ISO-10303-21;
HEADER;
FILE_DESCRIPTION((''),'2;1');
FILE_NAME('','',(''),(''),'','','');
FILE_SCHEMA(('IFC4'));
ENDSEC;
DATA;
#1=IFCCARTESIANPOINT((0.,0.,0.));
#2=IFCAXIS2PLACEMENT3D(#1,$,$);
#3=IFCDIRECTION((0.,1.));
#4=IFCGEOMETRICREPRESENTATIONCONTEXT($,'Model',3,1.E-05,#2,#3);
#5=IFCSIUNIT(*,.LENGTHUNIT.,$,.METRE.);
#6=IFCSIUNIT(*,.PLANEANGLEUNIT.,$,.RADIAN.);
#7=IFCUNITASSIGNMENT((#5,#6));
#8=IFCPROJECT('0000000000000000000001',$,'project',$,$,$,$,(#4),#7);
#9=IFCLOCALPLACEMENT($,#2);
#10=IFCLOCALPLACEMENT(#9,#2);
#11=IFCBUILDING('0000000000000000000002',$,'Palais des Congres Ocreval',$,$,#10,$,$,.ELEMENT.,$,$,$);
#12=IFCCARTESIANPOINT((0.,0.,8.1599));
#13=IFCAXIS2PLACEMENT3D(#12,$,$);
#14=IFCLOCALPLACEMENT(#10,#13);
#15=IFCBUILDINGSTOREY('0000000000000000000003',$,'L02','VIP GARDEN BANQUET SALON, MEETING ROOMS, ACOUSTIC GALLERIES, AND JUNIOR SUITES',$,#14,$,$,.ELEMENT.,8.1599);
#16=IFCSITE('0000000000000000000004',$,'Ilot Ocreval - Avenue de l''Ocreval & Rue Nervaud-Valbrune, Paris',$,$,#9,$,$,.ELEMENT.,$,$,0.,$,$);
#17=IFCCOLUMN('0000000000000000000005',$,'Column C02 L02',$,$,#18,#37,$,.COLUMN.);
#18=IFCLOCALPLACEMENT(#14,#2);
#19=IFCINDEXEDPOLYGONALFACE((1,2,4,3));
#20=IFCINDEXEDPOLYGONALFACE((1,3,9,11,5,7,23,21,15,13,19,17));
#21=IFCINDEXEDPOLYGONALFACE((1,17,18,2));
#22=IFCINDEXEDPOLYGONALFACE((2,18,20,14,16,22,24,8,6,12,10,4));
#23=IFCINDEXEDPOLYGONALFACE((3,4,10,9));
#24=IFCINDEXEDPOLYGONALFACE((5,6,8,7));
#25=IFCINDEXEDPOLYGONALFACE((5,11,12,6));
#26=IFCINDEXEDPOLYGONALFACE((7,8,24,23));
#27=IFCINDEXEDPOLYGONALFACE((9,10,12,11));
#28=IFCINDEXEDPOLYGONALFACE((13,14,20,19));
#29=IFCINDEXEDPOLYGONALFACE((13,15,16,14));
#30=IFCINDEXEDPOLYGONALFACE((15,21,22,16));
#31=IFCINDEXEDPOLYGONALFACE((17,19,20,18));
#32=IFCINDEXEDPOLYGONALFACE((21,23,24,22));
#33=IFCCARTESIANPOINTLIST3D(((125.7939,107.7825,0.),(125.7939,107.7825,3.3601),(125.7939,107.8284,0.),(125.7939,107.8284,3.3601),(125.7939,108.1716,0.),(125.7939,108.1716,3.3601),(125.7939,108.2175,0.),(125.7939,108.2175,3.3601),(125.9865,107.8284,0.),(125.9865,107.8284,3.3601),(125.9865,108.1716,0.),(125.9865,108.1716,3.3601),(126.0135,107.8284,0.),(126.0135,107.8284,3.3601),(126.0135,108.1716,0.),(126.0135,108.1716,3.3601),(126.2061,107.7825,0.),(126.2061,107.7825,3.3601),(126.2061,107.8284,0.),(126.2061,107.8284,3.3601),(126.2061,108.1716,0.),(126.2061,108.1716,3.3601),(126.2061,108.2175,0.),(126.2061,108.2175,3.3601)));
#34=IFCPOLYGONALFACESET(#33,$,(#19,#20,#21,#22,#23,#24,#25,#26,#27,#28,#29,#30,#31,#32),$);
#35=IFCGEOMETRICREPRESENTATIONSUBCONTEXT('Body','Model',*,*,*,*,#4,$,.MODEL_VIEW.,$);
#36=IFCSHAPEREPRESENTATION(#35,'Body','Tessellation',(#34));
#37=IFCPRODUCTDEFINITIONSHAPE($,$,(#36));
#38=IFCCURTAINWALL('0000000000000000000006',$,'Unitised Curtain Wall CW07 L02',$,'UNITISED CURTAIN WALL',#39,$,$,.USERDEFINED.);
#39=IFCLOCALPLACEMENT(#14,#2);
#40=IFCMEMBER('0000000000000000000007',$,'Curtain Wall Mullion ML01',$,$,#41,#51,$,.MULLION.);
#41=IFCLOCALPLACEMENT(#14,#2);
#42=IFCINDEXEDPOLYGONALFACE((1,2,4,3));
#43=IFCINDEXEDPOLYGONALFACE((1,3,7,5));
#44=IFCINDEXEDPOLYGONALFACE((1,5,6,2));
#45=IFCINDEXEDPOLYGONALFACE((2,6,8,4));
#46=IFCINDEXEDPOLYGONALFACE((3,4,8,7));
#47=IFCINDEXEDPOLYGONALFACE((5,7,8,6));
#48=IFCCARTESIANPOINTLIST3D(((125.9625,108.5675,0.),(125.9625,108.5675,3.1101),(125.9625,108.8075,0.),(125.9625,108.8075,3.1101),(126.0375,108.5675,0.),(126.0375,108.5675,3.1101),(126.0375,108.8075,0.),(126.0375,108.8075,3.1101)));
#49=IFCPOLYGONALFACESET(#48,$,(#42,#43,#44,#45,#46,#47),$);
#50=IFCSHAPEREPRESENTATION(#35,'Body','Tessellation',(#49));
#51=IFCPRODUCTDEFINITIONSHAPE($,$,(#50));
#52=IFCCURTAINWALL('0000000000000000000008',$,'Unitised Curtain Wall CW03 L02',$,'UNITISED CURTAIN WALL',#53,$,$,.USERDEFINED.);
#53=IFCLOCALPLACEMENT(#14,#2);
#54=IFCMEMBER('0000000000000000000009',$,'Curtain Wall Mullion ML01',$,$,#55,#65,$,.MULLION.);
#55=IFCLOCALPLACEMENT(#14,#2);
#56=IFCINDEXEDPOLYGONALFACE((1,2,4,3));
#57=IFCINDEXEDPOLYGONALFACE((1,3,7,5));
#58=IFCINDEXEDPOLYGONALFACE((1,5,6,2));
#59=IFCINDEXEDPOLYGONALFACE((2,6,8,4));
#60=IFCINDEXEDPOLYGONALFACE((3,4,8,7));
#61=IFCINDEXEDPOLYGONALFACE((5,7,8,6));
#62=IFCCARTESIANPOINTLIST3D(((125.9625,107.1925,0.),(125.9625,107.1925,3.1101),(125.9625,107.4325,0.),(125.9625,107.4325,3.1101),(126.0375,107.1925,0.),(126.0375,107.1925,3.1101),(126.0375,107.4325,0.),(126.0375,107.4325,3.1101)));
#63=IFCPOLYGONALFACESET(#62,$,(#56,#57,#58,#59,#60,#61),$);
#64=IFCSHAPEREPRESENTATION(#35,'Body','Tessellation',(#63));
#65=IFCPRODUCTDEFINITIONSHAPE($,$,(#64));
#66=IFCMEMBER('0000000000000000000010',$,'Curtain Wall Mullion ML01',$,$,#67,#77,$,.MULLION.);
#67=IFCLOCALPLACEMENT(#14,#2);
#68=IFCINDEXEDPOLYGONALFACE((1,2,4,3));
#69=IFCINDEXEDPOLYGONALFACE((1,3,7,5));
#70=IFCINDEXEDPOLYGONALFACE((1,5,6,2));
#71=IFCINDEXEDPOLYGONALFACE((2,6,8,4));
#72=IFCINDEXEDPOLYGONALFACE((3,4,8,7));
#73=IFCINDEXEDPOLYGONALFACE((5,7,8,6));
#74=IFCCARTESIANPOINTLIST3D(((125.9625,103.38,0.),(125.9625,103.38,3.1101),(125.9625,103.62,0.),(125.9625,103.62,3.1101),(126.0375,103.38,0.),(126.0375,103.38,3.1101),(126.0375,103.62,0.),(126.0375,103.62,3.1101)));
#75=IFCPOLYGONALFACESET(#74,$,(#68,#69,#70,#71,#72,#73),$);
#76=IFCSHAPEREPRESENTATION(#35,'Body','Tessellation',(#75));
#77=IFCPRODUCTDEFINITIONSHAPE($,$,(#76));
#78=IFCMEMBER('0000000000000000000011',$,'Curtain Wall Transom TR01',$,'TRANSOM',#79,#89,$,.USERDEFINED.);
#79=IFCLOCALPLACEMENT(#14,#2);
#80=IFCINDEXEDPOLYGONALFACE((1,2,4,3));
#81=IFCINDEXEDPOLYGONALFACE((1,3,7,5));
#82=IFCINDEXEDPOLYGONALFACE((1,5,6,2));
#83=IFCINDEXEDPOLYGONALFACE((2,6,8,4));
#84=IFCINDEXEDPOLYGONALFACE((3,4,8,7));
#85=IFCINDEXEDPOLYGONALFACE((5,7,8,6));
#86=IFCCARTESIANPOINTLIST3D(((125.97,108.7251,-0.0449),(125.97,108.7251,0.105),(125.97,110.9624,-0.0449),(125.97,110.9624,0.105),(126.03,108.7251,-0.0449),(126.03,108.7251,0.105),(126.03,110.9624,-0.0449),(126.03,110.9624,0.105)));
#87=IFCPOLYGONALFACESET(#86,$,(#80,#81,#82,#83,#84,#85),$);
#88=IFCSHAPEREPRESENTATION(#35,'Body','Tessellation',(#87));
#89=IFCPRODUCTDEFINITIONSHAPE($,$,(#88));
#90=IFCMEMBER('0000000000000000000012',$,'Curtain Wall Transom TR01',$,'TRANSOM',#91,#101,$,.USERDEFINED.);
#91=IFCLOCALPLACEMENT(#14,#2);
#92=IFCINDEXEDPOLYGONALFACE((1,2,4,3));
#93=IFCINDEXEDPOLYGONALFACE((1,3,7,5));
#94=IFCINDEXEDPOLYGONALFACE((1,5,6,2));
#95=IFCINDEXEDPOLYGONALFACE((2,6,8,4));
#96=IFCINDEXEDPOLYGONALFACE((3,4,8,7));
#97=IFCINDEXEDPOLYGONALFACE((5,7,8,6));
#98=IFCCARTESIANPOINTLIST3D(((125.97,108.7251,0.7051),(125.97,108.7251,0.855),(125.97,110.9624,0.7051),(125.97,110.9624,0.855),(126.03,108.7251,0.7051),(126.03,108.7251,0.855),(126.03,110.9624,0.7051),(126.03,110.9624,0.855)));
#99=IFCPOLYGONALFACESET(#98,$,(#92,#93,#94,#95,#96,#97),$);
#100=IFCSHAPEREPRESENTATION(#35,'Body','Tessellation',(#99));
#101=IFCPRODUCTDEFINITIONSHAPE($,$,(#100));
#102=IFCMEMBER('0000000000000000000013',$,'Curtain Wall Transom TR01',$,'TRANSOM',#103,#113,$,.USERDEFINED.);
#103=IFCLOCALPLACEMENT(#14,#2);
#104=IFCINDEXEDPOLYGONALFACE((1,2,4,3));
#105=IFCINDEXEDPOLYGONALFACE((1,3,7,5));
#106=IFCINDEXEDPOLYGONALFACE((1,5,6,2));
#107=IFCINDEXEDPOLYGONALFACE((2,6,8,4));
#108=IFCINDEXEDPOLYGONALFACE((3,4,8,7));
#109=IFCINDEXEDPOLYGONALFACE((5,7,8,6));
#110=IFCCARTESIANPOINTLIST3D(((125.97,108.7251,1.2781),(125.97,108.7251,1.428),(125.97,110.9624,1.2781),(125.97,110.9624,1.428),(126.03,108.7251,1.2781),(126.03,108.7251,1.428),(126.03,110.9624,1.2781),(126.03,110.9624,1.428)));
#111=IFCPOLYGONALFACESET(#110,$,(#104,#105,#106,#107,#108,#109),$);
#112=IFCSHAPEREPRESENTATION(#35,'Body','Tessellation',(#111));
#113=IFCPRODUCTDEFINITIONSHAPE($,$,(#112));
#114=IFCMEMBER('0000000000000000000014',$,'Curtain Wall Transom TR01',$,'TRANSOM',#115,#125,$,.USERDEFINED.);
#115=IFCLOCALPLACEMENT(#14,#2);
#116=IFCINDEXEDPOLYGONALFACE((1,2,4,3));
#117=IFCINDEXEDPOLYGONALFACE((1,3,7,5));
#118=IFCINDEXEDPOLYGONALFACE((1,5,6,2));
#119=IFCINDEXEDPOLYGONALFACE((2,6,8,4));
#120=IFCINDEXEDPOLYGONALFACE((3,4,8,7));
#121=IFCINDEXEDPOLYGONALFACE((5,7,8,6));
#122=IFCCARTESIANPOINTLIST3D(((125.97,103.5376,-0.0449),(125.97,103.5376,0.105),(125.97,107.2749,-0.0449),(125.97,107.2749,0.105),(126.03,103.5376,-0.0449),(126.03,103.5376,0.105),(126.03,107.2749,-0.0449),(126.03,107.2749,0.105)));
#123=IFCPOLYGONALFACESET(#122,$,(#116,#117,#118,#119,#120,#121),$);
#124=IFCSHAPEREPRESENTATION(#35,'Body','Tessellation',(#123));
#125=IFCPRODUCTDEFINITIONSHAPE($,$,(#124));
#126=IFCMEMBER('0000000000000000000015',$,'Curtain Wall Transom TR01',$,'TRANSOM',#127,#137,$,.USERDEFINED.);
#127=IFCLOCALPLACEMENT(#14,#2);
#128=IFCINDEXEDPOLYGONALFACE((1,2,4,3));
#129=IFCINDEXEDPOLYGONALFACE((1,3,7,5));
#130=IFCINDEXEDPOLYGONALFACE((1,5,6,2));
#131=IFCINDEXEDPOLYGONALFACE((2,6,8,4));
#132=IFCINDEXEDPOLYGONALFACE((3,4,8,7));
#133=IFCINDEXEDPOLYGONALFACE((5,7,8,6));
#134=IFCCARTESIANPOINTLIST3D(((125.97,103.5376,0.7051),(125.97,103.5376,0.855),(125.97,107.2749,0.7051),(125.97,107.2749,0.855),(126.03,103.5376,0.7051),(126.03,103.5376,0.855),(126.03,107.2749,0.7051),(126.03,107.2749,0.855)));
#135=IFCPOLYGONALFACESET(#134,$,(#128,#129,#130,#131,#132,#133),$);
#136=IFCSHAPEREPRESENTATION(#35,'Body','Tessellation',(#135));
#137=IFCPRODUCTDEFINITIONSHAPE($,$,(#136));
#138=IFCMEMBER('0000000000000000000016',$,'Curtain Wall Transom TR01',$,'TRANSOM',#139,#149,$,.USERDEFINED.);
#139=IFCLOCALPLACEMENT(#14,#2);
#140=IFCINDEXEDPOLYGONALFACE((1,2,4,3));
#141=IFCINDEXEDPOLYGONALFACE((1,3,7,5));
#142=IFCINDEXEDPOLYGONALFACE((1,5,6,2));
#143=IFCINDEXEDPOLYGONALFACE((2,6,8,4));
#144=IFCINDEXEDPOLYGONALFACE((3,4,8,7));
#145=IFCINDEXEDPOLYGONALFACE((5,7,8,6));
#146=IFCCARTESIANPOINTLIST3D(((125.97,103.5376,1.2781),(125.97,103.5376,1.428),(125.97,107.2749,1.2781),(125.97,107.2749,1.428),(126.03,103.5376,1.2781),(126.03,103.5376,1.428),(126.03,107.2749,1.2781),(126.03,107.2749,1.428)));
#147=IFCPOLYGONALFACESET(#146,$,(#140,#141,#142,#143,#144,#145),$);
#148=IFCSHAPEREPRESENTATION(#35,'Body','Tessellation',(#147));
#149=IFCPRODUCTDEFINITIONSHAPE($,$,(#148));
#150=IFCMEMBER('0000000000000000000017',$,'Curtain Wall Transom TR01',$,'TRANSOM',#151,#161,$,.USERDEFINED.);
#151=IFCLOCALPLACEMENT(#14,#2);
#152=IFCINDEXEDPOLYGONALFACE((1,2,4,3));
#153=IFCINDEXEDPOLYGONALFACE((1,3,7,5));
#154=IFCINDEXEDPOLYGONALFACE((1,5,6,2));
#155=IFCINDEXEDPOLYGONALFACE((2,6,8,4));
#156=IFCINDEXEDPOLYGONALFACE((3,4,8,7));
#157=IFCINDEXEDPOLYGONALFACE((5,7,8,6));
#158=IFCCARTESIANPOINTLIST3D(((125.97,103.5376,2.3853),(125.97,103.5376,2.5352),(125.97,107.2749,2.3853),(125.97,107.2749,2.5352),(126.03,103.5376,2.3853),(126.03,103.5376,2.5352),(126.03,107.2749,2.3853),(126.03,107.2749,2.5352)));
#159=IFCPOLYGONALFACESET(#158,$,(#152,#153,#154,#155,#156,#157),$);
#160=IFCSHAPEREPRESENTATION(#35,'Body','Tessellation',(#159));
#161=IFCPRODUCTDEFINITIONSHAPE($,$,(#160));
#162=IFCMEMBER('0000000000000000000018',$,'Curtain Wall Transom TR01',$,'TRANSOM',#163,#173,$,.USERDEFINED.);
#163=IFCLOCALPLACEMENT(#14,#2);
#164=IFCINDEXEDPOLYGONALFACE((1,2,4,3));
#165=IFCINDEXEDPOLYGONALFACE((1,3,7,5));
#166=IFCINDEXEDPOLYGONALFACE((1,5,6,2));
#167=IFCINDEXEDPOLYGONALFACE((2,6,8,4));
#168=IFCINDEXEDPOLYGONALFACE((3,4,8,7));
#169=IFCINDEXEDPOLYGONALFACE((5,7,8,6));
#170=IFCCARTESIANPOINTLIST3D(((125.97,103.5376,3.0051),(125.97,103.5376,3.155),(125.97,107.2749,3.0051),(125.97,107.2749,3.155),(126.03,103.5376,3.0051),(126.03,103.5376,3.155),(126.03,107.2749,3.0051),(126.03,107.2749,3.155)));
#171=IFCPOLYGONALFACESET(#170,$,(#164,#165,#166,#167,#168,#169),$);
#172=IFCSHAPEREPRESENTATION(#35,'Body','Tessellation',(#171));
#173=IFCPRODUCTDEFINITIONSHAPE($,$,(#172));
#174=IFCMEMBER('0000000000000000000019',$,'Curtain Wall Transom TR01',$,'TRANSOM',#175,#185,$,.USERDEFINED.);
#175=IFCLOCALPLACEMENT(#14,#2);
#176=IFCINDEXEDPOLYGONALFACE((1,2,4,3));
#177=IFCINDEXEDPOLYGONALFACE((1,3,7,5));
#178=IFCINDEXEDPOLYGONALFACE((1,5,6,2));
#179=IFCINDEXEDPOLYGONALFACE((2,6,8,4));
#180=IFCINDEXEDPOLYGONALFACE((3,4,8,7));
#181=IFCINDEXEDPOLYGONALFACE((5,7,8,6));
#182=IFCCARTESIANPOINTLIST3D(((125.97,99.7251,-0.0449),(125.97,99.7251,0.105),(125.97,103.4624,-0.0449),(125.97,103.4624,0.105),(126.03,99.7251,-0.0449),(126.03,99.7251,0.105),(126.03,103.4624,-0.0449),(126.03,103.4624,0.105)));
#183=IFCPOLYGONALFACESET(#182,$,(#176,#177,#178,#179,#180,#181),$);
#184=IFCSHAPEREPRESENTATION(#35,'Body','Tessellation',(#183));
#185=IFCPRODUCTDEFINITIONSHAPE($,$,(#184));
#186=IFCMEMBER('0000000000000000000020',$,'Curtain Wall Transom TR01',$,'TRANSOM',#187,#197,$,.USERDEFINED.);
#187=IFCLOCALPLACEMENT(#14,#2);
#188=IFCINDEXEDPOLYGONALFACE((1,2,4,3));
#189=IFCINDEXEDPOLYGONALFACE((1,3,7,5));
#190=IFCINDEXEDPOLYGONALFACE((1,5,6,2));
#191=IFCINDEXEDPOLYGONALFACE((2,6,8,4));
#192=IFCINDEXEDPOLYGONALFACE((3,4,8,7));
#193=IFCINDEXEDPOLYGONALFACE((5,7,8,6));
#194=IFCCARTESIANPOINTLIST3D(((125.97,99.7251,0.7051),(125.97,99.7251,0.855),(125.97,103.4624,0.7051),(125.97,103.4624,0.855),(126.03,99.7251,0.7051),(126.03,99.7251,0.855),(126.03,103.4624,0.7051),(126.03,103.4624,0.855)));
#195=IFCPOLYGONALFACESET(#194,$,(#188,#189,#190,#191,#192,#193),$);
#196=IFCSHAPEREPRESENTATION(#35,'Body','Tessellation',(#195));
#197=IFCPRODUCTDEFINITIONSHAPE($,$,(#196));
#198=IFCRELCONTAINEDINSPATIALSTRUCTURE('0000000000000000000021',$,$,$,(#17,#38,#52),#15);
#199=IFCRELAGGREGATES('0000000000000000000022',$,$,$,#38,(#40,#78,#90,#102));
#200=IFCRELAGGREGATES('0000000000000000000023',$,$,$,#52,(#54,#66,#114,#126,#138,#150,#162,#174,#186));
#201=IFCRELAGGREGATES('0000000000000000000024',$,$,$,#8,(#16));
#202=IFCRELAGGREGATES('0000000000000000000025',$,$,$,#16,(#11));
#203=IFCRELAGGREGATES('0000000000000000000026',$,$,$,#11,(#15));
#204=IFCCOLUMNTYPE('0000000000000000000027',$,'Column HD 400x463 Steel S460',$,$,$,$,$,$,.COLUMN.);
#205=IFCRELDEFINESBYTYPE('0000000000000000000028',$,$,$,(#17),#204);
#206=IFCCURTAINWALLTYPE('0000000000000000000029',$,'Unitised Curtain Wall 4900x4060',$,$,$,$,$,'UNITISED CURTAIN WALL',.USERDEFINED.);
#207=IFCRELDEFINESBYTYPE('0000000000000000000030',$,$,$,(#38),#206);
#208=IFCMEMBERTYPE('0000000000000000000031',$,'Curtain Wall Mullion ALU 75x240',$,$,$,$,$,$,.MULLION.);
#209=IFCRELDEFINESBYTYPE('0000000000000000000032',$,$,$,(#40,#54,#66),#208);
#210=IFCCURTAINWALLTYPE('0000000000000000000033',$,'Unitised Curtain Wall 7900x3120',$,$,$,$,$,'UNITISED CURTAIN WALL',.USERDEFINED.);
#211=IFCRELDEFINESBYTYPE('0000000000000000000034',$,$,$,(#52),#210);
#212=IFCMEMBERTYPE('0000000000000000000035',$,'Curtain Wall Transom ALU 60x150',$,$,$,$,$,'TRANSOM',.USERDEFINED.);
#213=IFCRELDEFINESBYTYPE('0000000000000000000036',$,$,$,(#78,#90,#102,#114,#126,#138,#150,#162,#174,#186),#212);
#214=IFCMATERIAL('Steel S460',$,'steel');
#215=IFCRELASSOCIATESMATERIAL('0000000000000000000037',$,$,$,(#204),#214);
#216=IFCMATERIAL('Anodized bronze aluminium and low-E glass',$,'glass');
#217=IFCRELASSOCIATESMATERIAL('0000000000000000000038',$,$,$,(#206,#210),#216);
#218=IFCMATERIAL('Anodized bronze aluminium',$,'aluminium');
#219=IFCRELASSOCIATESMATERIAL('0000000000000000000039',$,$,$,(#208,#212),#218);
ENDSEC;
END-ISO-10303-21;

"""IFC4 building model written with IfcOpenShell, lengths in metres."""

from ifc_helpers import new_model, si_unit, direction, frame, origin, origin_2d, place, context, subcontext, project, spatial, rectangle, i_section, extrude, material, material_profile, profile_set, type_object, element, aggregate, save


model = new_model("IFC4")

# Units and contexts
model_context = context("Model", 3, precision=1e-05, world=origin(), true_north=direction((0.0, 1.0)))
body_context = subcontext(model_context, "Body", "Model", "MODEL_VIEW")
ifc_project = project(units=[si_unit("LENGTHUNIT", "METRE"), si_unit("PLANEANGLEUNIT", "RADIAN")], contexts=[model_context])

# Site, building, storey
site_placement = place(None, origin())
site = spatial("IfcSite", under=ifc_project, at=site_placement, Name="Ilot Ocreval - Avenue de l'Ocreval & Rue Nervaud-Valbrune, Paris", CompositionType="ELEMENT", RefElevation=0.0)
building_placement = place(site_placement, origin())
building = spatial("IfcBuilding", under=site, at=building_placement, Name="Palais des Congres Ocreval", CompositionType="ELEMENT")
storey_placement = place(building_placement, frame((0.0, 0.0, 8.1599)))
storey = spatial("IfcBuildingStorey", under=building, at=storey_placement, Name="L02", Description="VIP GARDEN BANQUET SALON, MEETING ROOMS, ACOUSTIC GALLERIES, AND JUNIOR SUITES", CompositionType="ELEMENT", Elevation=8.1599)

# Column
ifc_material_1 = material(Name="Steel S460", Category="steel")
ifc_material_profile_1 = material_profile(ifc_material_1, i_section(OverallWidth=0.4121, OverallDepth=0.4351, WebThickness=0.0271, FlangeThickness=0.0459, at=origin_2d()), Name="HD 400x463")
ifc_profile_set_1 = profile_set([ifc_material_profile_1], Name="Steel S460")
column_type = type_object("IfcColumnType", Name="Column HD 400x463 Steel S460", PredefinedType="COLUMN", material=ifc_profile_set_1)
column_placement = place(storey_placement, frame((126.0, 108.0, 0.0), z_axis=(0.0, 0.0, 1.0), x_axis=(1.0, 0.0, 0.0)))
element("IfcColumn", 1, at=column_placement, inside=storey, type_object=column_type, Name="Column C02 L02", PredefinedType="COLUMN", context=body_context, shape_type="SweptSolid", body=[
    extrude(i_section(OverallWidth=0.4121, OverallDepth=0.4351, WebThickness=0.0271, FlangeThickness=0.0459, at=origin_2d()), origin(), (0.0, 0.0, 1.0), 3.3601),
])

# Curtain wall, member
ifc_material_2 = material(Name="Anodized bronze aluminium and low-E glass", Category="glass")
curtain_wall_type_1 = type_object("IfcCurtainWallType", Name="Unitised Curtain Wall 4900x4060", ElementType="UNITISED CURTAIN WALL", PredefinedType="USERDEFINED", material=ifc_material_2)
curtain_wall_1_placement = place(storey_placement, origin())
curtain_wall_1 = element("IfcCurtainWall", 2, at=curtain_wall_1_placement, inside=storey, type_object=curtain_wall_type_1, Name="Unitised Curtain Wall CW07 L02", ObjectType="UNITISED CURTAIN WALL", PredefinedType="USERDEFINED")
ifc_material_3 = material(Name="Anodized bronze aluminium", Category="aluminium")
ifc_material_profile_2 = material_profile(ifc_material_3, rectangle(XDim=0.075, YDim=0.24, at=origin_2d()), Name="ALU 75x240")
ifc_profile_set_2 = profile_set([ifc_material_profile_2], Name="Anodized bronze aluminium")
member_type_1 = type_object("IfcMemberType", Name="Curtain Wall Mullion ALU 75x240", PredefinedType="MULLION", material=ifc_profile_set_2)
member_1_placement = place(storey_placement, frame((126.0, 108.6875, 0.0), z_axis=(0.0, 0.0, 1.0), x_axis=(1.0, 0.0, 0.0)))
member_1 = element("IfcMember", 3, at=member_1_placement, type_object=member_type_1, Name="Curtain Wall Mullion ML01", PredefinedType="MULLION", context=body_context, shape_type="SweptSolid", body=[
    extrude(rectangle(XDim=0.075, YDim=0.24, at=origin_2d()), origin(), (0.0, 0.0, 1.0), 3.1101),
])

# Curtain wall, members
curtain_wall_type_2 = type_object("IfcCurtainWallType", Name="Unitised Curtain Wall 7900x3120", ElementType="UNITISED CURTAIN WALL", PredefinedType="USERDEFINED", material=ifc_material_2)
curtain_wall_2_placement = place(storey_placement, origin())
curtain_wall_2 = element("IfcCurtainWall", 4, at=curtain_wall_2_placement, inside=storey, type_object=curtain_wall_type_2, Name="Unitised Curtain Wall CW03 L02", ObjectType="UNITISED CURTAIN WALL", PredefinedType="USERDEFINED")
member_2_placement = place(storey_placement, frame((126.0, 107.3125, 0.0), z_axis=(0.0, 0.0, 1.0), x_axis=(1.0, 0.0, 0.0)))
member_2 = element("IfcMember", 5, at=member_2_placement, type_object=member_type_1, Name="Curtain Wall Mullion ML01", PredefinedType="MULLION", context=body_context, shape_type="SweptSolid", body=[
    extrude(rectangle(XDim=0.075, YDim=0.24, at=origin_2d()), origin(), (0.0, 0.0, 1.0), 3.1101),
])
member_3_placement = place(storey_placement, frame((126.0, 103.5, 0.0), z_axis=(0.0, 0.0, 1.0), x_axis=(1.0, 0.0, 0.0)))
member_3 = element("IfcMember", 6, at=member_3_placement, type_object=member_type_1, Name="Curtain Wall Mullion ML01", PredefinedType="MULLION", context=body_context, shape_type="SweptSolid", body=[
    extrude(rectangle(XDim=0.075, YDim=0.24, at=origin_2d()), origin(), (0.0, 0.0, 1.0), 3.1101),
])

# Members
ifc_material_profile_3 = material_profile(ifc_material_3, rectangle(XDim=0.0601, YDim=0.1499, at=origin_2d()), Name="ALU 60x150")
ifc_profile_set_3 = profile_set([ifc_material_profile_3], Name="Anodized bronze aluminium")
member_type_2 = type_object("IfcMemberType", Name="Curtain Wall Transom ALU 60x150", ElementType="TRANSOM", PredefinedType="USERDEFINED", material=ifc_profile_set_3)
member_4_placement = place(storey_placement, frame((126.0, 110.9624, 0.03), z_axis=(0.0, -1.0, 0.0), x_axis=(1.0, 0.0, 0.0)))
member_4 = element("IfcMember", 7, at=member_4_placement, type_object=member_type_2, Name="Curtain Wall Transom TR01", ObjectType="TRANSOM", PredefinedType="USERDEFINED", context=body_context, shape_type="SweptSolid", body=[
    extrude(rectangle(XDim=0.0601, YDim=0.1499, at=origin_2d()), origin(), (0.0, 0.0, 1.0), 2.2373),
])
member_5_placement = place(storey_placement, frame((126.0, 110.9624, 0.78), z_axis=(0.0, -1.0, 0.0), x_axis=(1.0, 0.0, 0.0)))
member_5 = element("IfcMember", 8, at=member_5_placement, type_object=member_type_2, Name="Curtain Wall Transom TR01", ObjectType="TRANSOM", PredefinedType="USERDEFINED", context=body_context, shape_type="SweptSolid", body=[
    extrude(rectangle(XDim=0.0601, YDim=0.1499, at=origin_2d()), origin(), (0.0, 0.0, 1.0), 2.2373),
])
member_6_placement = place(storey_placement, frame((126.0, 110.9624, 1.353), z_axis=(0.0, -1.0, 0.0), x_axis=(1.0, 0.0, 0.0)))
member_6 = element("IfcMember", 9, at=member_6_placement, type_object=member_type_2, Name="Curtain Wall Transom TR01", ObjectType="TRANSOM", PredefinedType="USERDEFINED", context=body_context, shape_type="SweptSolid", body=[
    extrude(rectangle(XDim=0.0601, YDim=0.1499, at=origin_2d()), origin(), (0.0, 0.0, 1.0), 2.2373),
])
member_7_placement = place(storey_placement, frame((126.0, 107.2749, 0.03), z_axis=(0.0, -1.0, 0.0), x_axis=(1.0, 0.0, 0.0)))
member_7 = element("IfcMember", 10, at=member_7_placement, type_object=member_type_2, Name="Curtain Wall Transom TR01", ObjectType="TRANSOM", PredefinedType="USERDEFINED", context=body_context, shape_type="SweptSolid", body=[
    extrude(rectangle(XDim=0.0601, YDim=0.1499, at=origin_2d()), origin(), (0.0, 0.0, 1.0), 3.7373),
])
member_8_placement = place(storey_placement, frame((126.0, 107.2749, 0.78), z_axis=(0.0, -1.0, 0.0), x_axis=(1.0, 0.0, 0.0)))
member_8 = element("IfcMember", 11, at=member_8_placement, type_object=member_type_2, Name="Curtain Wall Transom TR01", ObjectType="TRANSOM", PredefinedType="USERDEFINED", context=body_context, shape_type="SweptSolid", body=[
    extrude(rectangle(XDim=0.0601, YDim=0.1499, at=origin_2d()), origin(), (0.0, 0.0, 1.0), 3.7373),
])
member_9_placement = place(storey_placement, frame((126.0, 107.2749, 1.353), z_axis=(0.0, -1.0, 0.0), x_axis=(1.0, 0.0, 0.0)))
member_9 = element("IfcMember", 12, at=member_9_placement, type_object=member_type_2, Name="Curtain Wall Transom TR01", ObjectType="TRANSOM", PredefinedType="USERDEFINED", context=body_context, shape_type="SweptSolid", body=[
    extrude(rectangle(XDim=0.0601, YDim=0.1499, at=origin_2d()), origin(), (0.0, 0.0, 1.0), 3.7373),
])
member_10_placement = place(storey_placement, frame((126.0, 107.2749, 2.4602), z_axis=(0.0, -1.0, 0.0), x_axis=(1.0, 0.0, 0.0)))
member_10 = element("IfcMember", 13, at=member_10_placement, type_object=member_type_2, Name="Curtain Wall Transom TR01", ObjectType="TRANSOM", PredefinedType="USERDEFINED", context=body_context, shape_type="SweptSolid", body=[
    extrude(rectangle(XDim=0.0601, YDim=0.1499, at=origin_2d()), origin(), (0.0, 0.0, 1.0), 3.7373),
])
member_11_placement = place(storey_placement, frame((126.0, 107.2749, 3.0801), z_axis=(0.0, -1.0, 0.0), x_axis=(1.0, 0.0, 0.0)))
member_11 = element("IfcMember", 14, at=member_11_placement, type_object=member_type_2, Name="Curtain Wall Transom TR01", ObjectType="TRANSOM", PredefinedType="USERDEFINED", context=body_context, shape_type="SweptSolid", body=[
    extrude(rectangle(XDim=0.0601, YDim=0.1499, at=origin_2d()), origin(), (0.0, 0.0, 1.0), 3.7373),
])
member_12_placement = place(storey_placement, frame((126.0, 103.4624, 0.03), z_axis=(0.0, -1.0, 0.0), x_axis=(1.0, 0.0, 0.0)))
member_12 = element("IfcMember", 15, at=member_12_placement, type_object=member_type_2, Name="Curtain Wall Transom TR01", ObjectType="TRANSOM", PredefinedType="USERDEFINED", context=body_context, shape_type="SweptSolid", body=[
    extrude(rectangle(XDim=0.0601, YDim=0.1499, at=origin_2d()), origin(), (0.0, 0.0, 1.0), 3.7373),
])
member_13_placement = place(storey_placement, frame((126.0, 103.4624, 0.78), z_axis=(0.0, -1.0, 0.0), x_axis=(1.0, 0.0, 0.0)))
member_13 = element("IfcMember", 16, at=member_13_placement, type_object=member_type_2, Name="Curtain Wall Transom TR01", ObjectType="TRANSOM", PredefinedType="USERDEFINED", context=body_context, shape_type="SweptSolid", body=[
    extrude(rectangle(XDim=0.0601, YDim=0.1499, at=origin_2d()), origin(), (0.0, 0.0, 1.0), 3.7373),
])

aggregate(curtain_wall_1, [member_1, member_4, member_5, member_6])
aggregate(curtain_wall_2, [member_2, member_3, member_7, member_8, member_9, member_10, member_11, member_12, member_13])

save(model, "model.ifc")
